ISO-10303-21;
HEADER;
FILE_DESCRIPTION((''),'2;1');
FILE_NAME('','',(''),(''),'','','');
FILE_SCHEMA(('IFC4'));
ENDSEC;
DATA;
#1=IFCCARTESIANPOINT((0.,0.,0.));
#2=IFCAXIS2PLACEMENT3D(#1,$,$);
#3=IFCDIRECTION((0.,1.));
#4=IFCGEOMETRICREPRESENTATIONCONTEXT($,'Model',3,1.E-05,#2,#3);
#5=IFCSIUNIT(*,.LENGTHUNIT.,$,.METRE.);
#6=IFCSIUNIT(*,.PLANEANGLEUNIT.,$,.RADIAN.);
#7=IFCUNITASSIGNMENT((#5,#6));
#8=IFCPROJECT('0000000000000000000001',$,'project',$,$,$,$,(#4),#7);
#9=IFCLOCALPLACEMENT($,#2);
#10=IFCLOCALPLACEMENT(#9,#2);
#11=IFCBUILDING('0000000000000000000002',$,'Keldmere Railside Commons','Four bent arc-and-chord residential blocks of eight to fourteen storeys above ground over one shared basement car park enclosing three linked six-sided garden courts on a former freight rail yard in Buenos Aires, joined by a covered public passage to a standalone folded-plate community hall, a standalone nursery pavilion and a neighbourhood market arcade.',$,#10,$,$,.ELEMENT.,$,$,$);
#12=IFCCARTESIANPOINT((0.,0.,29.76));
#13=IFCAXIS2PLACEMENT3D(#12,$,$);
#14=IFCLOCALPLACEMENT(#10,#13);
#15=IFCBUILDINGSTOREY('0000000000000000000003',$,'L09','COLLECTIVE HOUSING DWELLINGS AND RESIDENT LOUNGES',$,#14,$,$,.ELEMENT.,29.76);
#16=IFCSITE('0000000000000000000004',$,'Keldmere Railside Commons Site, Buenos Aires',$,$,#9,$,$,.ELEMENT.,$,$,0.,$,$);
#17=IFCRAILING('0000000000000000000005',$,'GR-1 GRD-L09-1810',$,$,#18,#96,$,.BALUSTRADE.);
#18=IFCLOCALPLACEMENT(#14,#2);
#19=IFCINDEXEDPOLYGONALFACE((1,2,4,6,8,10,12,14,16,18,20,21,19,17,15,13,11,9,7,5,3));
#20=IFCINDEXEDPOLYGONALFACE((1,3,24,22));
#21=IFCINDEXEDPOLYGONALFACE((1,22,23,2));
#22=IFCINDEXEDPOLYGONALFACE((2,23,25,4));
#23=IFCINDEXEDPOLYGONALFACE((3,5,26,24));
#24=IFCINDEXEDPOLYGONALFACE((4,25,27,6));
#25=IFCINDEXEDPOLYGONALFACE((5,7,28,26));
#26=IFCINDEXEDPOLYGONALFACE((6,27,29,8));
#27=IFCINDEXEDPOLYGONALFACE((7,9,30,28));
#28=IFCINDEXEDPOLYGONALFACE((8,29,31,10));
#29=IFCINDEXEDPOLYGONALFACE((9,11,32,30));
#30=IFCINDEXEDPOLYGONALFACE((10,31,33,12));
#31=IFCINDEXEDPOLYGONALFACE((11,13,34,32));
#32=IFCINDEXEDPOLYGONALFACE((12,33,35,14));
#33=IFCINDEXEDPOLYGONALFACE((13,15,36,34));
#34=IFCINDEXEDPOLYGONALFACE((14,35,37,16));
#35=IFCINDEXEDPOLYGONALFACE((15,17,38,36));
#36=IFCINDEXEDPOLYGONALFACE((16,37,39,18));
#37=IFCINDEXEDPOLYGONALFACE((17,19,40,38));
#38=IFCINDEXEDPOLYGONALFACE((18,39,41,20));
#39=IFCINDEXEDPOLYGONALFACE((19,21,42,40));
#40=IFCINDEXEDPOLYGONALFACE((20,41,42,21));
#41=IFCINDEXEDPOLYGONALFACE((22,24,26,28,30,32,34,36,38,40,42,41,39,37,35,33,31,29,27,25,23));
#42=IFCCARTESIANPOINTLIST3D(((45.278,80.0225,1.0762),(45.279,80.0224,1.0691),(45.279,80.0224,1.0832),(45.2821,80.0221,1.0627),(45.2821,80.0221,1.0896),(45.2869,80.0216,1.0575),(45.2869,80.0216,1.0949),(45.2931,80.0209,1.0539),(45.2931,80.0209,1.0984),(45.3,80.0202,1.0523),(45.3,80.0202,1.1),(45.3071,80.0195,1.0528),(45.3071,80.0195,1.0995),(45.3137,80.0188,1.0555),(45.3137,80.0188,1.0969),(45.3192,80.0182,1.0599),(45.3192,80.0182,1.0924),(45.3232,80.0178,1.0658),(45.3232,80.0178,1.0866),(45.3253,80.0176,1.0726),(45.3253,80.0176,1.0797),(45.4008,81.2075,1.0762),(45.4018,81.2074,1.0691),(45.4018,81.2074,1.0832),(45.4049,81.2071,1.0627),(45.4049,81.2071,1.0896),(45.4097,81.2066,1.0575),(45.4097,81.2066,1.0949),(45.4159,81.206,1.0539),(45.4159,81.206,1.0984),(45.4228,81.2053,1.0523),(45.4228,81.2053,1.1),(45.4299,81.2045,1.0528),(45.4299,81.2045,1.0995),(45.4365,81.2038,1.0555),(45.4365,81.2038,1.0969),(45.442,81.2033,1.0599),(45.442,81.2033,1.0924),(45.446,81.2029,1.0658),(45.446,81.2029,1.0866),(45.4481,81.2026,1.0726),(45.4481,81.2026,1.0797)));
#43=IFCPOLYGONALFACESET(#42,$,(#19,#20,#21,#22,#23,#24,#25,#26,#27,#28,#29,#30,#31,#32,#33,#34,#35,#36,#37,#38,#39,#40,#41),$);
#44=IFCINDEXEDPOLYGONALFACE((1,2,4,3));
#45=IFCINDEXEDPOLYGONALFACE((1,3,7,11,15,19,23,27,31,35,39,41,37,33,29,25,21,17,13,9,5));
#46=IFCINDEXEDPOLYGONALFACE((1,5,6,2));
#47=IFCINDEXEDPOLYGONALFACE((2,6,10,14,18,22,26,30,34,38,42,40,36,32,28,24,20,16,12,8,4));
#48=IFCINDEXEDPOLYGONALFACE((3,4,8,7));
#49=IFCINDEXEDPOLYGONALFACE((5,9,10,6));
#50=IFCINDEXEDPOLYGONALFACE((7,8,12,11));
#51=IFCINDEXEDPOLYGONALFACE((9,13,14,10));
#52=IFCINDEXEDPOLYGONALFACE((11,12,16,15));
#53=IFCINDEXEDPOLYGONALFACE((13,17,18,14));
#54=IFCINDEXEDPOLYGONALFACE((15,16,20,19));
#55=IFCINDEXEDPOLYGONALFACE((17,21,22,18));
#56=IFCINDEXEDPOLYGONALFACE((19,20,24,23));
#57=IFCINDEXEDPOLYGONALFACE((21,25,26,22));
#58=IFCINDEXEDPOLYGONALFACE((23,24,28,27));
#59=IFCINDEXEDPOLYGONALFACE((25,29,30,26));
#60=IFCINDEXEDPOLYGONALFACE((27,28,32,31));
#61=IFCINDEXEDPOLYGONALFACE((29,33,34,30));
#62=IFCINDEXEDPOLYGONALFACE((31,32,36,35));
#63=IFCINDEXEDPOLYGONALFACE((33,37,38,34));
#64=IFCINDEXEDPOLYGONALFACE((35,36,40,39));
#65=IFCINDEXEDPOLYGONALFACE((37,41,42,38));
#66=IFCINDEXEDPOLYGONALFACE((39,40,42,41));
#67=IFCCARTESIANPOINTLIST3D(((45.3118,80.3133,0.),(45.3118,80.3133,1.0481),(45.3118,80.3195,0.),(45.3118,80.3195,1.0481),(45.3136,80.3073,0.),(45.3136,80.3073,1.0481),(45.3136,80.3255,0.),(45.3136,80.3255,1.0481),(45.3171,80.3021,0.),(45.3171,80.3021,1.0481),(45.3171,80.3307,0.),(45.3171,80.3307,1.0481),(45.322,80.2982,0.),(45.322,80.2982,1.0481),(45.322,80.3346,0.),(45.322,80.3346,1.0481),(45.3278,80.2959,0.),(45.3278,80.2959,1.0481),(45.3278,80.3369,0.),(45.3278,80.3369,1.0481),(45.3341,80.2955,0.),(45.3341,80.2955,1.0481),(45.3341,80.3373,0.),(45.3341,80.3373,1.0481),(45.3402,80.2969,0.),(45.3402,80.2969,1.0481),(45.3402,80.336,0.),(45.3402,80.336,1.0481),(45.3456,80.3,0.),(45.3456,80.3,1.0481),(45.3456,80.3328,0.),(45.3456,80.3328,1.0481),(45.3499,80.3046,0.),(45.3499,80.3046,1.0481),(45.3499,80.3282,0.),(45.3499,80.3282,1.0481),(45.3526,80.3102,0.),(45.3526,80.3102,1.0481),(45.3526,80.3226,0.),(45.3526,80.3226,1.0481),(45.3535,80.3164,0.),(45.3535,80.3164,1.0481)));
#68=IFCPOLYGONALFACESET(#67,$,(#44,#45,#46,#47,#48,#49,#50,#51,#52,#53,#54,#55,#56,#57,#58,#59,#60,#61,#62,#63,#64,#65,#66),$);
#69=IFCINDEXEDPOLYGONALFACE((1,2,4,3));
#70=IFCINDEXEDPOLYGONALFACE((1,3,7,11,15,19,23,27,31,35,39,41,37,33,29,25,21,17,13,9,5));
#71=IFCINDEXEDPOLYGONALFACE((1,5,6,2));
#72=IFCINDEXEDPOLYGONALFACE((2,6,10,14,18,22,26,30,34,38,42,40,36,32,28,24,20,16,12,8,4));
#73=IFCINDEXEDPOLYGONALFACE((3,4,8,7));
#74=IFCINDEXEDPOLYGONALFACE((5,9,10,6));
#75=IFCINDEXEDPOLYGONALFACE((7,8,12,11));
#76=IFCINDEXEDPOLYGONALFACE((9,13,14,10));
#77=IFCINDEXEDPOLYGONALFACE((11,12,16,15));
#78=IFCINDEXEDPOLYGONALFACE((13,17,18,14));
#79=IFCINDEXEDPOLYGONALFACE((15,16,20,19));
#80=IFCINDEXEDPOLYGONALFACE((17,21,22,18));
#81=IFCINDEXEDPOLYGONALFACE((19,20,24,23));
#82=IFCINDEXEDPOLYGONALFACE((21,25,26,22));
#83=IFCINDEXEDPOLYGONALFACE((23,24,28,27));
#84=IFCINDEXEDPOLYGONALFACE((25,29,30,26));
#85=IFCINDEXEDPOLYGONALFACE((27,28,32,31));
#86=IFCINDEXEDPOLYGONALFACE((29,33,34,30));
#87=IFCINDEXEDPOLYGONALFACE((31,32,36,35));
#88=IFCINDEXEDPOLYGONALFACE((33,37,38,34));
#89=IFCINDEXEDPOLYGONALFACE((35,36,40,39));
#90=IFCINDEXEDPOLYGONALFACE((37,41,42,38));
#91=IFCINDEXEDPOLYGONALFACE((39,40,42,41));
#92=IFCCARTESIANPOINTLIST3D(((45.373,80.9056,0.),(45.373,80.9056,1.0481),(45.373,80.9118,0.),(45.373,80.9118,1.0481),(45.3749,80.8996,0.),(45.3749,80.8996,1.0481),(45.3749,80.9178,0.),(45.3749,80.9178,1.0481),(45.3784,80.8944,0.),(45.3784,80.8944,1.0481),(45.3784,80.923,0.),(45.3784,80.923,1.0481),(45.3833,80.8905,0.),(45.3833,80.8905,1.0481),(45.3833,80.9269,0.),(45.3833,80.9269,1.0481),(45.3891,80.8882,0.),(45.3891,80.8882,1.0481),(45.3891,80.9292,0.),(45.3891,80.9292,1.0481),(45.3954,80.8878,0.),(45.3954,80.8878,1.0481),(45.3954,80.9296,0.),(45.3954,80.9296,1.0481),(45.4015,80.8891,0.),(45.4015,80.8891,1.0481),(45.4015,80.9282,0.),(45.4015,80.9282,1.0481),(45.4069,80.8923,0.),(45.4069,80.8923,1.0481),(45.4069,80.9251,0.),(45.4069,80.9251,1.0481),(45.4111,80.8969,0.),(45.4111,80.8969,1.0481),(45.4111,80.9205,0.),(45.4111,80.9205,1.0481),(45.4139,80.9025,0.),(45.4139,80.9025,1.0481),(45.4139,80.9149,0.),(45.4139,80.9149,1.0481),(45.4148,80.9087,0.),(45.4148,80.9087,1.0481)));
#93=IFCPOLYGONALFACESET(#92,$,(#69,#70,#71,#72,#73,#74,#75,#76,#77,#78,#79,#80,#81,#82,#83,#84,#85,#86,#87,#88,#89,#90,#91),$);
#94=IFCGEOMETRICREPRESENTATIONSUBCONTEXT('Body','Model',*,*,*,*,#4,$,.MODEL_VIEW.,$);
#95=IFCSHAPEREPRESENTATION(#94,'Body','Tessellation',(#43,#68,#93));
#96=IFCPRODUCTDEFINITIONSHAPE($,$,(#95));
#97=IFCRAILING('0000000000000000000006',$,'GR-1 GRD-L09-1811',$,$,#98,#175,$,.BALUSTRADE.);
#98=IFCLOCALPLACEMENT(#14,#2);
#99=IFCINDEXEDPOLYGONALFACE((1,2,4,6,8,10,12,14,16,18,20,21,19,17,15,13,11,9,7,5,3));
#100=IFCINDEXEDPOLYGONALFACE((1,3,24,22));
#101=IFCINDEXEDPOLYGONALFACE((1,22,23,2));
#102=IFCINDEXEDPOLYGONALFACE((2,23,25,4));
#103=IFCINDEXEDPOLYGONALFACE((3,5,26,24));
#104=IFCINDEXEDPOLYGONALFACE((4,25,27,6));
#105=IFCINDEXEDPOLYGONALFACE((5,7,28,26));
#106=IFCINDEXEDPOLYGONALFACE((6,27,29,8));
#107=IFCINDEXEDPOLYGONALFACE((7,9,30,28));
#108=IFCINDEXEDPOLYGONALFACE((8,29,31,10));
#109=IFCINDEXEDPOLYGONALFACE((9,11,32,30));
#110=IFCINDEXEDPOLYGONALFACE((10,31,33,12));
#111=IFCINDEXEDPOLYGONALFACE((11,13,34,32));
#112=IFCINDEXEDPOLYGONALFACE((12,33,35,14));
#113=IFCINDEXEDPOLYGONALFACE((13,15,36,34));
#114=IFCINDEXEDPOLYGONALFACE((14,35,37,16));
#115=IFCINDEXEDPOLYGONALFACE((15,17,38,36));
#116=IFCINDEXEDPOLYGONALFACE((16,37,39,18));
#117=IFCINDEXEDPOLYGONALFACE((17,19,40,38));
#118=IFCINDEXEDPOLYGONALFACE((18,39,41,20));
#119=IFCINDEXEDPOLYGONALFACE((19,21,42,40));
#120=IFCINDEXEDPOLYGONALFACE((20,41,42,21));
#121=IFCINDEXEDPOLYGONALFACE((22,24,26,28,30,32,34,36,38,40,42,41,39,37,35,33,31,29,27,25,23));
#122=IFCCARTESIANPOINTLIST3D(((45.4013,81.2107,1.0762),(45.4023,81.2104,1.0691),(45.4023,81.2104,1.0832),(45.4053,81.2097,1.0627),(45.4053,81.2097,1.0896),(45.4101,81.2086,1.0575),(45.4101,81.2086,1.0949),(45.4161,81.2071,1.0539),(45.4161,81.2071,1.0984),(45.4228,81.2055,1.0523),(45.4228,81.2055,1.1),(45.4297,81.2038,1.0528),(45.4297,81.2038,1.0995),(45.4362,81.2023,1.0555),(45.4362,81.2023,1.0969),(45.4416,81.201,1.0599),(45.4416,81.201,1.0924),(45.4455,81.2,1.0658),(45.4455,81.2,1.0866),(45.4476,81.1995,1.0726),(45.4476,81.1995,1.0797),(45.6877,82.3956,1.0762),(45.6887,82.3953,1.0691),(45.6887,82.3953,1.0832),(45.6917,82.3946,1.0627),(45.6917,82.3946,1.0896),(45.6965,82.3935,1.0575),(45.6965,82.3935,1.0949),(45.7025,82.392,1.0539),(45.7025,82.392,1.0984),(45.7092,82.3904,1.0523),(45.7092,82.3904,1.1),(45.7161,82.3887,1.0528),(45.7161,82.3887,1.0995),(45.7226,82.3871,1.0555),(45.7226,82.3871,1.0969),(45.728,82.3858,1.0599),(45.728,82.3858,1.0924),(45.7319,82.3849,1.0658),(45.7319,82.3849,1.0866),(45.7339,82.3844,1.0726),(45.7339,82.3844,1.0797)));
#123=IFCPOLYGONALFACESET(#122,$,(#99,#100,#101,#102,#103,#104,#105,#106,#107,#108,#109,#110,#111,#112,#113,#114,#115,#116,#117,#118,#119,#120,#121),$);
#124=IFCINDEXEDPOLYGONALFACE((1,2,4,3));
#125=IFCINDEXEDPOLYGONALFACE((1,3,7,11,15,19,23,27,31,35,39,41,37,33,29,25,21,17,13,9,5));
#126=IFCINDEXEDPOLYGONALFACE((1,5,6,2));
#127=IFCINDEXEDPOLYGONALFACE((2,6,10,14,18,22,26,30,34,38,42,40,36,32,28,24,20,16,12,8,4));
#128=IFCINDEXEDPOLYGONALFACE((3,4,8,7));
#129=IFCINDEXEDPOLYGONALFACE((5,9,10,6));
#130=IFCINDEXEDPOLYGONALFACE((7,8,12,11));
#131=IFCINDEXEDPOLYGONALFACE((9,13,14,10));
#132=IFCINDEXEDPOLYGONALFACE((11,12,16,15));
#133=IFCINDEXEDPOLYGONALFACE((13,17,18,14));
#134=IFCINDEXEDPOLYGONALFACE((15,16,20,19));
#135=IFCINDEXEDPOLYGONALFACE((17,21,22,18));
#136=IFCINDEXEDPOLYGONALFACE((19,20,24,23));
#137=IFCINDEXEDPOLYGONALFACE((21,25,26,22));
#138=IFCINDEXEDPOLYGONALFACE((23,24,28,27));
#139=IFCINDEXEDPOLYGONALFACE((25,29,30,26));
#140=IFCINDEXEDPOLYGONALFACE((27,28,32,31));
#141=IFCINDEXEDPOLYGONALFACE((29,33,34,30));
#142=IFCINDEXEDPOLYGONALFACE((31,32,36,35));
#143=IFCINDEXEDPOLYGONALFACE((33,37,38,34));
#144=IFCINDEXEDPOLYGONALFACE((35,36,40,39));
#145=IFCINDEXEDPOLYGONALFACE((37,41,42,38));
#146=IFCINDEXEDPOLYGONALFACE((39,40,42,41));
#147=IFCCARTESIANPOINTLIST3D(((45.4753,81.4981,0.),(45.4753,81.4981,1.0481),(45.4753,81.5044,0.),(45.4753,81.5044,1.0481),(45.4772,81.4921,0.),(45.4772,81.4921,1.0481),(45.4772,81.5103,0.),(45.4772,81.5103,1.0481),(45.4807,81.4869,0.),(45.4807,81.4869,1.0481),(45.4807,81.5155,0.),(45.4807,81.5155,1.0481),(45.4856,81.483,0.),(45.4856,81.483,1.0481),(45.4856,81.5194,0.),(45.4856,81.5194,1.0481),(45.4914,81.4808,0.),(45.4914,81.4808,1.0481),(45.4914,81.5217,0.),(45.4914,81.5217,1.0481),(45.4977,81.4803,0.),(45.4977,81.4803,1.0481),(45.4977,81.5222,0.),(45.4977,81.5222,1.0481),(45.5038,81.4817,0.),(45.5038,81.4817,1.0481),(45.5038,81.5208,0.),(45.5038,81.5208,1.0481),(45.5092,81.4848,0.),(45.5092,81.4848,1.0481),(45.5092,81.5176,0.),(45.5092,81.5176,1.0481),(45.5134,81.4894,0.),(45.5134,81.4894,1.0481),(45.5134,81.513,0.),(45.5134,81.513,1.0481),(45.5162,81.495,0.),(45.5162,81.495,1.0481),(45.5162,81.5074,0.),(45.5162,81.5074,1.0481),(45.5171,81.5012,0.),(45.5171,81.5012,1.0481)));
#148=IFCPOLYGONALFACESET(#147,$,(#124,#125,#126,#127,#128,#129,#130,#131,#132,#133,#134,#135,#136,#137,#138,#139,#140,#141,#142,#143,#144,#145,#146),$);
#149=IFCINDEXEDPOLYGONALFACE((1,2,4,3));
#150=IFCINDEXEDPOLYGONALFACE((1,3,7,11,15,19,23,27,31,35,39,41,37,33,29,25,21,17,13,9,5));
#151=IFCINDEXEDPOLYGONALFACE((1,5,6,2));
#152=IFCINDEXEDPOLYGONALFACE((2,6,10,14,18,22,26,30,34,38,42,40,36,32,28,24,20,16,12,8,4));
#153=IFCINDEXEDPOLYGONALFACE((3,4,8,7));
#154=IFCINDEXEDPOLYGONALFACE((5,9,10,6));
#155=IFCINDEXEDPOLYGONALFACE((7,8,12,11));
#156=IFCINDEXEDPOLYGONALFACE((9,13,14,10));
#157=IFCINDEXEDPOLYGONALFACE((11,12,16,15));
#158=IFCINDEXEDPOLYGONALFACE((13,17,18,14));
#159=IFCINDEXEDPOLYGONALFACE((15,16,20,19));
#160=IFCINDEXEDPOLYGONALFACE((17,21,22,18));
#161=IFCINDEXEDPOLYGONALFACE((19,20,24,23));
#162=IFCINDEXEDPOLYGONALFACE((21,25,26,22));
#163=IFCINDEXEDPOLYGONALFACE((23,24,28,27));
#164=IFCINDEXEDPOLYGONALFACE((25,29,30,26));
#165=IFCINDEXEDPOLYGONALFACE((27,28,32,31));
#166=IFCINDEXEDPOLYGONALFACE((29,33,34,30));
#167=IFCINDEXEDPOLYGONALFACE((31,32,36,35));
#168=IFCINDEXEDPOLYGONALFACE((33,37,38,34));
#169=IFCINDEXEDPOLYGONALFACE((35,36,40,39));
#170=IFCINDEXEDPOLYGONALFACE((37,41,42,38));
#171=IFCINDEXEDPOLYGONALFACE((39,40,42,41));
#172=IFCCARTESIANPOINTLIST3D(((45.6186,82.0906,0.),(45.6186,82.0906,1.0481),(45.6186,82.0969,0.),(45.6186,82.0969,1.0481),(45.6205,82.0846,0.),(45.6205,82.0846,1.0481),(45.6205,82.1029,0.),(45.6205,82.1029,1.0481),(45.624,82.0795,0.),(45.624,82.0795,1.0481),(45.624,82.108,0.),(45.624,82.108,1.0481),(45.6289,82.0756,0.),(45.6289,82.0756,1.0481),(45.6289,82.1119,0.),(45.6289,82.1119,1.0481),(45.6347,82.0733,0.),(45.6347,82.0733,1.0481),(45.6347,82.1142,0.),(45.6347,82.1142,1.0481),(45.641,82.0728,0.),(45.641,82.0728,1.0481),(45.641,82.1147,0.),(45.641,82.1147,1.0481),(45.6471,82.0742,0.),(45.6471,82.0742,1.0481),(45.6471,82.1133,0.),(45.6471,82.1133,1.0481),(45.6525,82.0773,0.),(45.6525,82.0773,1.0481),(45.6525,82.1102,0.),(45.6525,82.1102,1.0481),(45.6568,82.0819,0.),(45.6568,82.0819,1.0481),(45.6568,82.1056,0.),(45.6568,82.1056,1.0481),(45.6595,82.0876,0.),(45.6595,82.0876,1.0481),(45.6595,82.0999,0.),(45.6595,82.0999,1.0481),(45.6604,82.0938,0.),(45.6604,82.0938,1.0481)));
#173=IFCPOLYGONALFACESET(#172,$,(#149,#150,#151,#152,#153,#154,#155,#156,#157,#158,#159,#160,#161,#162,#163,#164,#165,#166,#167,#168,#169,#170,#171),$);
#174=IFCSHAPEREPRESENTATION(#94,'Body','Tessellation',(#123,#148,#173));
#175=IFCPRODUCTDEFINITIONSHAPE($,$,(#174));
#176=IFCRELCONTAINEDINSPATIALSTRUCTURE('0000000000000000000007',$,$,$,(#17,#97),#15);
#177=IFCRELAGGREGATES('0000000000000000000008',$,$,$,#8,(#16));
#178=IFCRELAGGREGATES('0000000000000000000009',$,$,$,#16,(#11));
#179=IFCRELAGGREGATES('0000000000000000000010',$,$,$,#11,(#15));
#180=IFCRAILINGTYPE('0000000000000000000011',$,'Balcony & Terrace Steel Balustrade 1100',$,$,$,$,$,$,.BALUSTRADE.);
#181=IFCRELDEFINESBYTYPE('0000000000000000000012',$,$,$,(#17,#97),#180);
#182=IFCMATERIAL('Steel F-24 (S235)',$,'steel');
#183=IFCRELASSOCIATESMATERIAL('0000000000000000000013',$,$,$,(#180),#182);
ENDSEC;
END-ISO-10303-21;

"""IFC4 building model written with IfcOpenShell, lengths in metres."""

from ifc_helpers import new_model, si_unit, direction, frame, origin, origin_2d, place, context, subcontext, project, spatial, circle, extrude, material, type_object, element, save


model = new_model("IFC4")

# Units and contexts
model_context = context("Model", 3, precision=1e-05, world=origin(), true_north=direction((0.0, 1.0)))
body_context = subcontext(model_context, "Body", "Model", "MODEL_VIEW")
ifc_project = project(units=[si_unit("LENGTHUNIT", "METRE"), si_unit("PLANEANGLEUNIT", "RADIAN")], contexts=[model_context])

# Site, building, storey
site_placement = place(None, origin())
site = spatial("IfcSite", under=ifc_project, at=site_placement, Name="Keldmere Railside Commons Site, Buenos Aires", CompositionType="ELEMENT", RefElevation=0.0)
building_placement = place(site_placement, origin())
building = spatial("IfcBuilding", under=site, at=building_placement, Name="Keldmere Railside Commons", Description="Four bent arc-and-chord residential blocks of eight to fourteen storeys above ground over one shared basement car park enclosing three linked six-sided garden courts on a former freight rail yard in Buenos Aires, joined by a covered public passage to a standalone folded-plate community hall, a standalone nursery pavilion and a neighbourhood market arcade.", CompositionType="ELEMENT")
storey_placement = place(building_placement, frame((0.0, 0.0, 29.76)))
storey = spatial("IfcBuildingStorey", under=building, at=storey_placement, Name="L09", Description="COLLECTIVE HOUSING DWELLINGS AND RESIDENT LOUNGES", CompositionType="ELEMENT", Elevation=29.76)

# Shared definitions
ifc_material_1 = material(Name="Steel F-24 (S235)", Category="steel")

# Railings
railing_type = type_object("IfcRailingType", Name="Balcony & Terrace Steel Balustrade 1100", PredefinedType="BALUSTRADE", material=ifc_material_1)
railing_1_placement = place(storey_placement, frame((45.3018, 80.02, 0.0)))
element("IfcRailing", 1, at=railing_1_placement, inside=storey, type_object=railing_type, Name="GR-1 GRD-L09-1810", PredefinedType="BALUSTRADE", context=body_context, shape_type="SweptSolid", body=[
    extrude(circle(Radius=0.0239, at=origin_2d()), frame((0.0, 0.0, 1.0762), z_axis=(0.103074, 0.994674, 0.0), x_axis=(-0.994674, 0.103074, 0.0)), (0.0, 0.0, 1.0), 1.1914),
    extrude(circle(Radius=0.021, at=origin_2d()), frame((0.0308, 0.2964, 0.0)), (0.0, 0.0, 1.0), 1.0481),
    extrude(circle(Radius=0.021, at=origin_2d()), frame((0.092, 0.8887, 0.0)), (0.0, 0.0, 1.0), 1.0481),
])
railing_2_placement = place(storey_placement, frame((45.4246, 81.2051, 0.0)))
element("IfcRailing", 2, at=railing_2_placement, inside=storey, type_object=railing_type, Name="GR-1 GRD-L09-1811", PredefinedType="BALUSTRADE", context=body_context, shape_type="SweptSolid", body=[
    extrude(circle(Radius=0.0239, at=origin_2d()), frame((0.0, 0.0, 1.0762), z_axis=(0.234941, 0.97201, 0.0), x_axis=(-0.97201, 0.234941, 0.0)), (0.0, 0.0, 1.0), 1.219),
    extrude(circle(Radius=0.021, at=origin_2d()), frame((0.0715, 0.2961, 0.0)), (0.0, 0.0, 1.0), 1.0481),
    extrude(circle(Radius=0.021, at=origin_2d()), frame((0.2148, 0.8887, 0.0)), (0.0, 0.0, 1.0), 1.0481),
])

save(model, "model.ifc")
